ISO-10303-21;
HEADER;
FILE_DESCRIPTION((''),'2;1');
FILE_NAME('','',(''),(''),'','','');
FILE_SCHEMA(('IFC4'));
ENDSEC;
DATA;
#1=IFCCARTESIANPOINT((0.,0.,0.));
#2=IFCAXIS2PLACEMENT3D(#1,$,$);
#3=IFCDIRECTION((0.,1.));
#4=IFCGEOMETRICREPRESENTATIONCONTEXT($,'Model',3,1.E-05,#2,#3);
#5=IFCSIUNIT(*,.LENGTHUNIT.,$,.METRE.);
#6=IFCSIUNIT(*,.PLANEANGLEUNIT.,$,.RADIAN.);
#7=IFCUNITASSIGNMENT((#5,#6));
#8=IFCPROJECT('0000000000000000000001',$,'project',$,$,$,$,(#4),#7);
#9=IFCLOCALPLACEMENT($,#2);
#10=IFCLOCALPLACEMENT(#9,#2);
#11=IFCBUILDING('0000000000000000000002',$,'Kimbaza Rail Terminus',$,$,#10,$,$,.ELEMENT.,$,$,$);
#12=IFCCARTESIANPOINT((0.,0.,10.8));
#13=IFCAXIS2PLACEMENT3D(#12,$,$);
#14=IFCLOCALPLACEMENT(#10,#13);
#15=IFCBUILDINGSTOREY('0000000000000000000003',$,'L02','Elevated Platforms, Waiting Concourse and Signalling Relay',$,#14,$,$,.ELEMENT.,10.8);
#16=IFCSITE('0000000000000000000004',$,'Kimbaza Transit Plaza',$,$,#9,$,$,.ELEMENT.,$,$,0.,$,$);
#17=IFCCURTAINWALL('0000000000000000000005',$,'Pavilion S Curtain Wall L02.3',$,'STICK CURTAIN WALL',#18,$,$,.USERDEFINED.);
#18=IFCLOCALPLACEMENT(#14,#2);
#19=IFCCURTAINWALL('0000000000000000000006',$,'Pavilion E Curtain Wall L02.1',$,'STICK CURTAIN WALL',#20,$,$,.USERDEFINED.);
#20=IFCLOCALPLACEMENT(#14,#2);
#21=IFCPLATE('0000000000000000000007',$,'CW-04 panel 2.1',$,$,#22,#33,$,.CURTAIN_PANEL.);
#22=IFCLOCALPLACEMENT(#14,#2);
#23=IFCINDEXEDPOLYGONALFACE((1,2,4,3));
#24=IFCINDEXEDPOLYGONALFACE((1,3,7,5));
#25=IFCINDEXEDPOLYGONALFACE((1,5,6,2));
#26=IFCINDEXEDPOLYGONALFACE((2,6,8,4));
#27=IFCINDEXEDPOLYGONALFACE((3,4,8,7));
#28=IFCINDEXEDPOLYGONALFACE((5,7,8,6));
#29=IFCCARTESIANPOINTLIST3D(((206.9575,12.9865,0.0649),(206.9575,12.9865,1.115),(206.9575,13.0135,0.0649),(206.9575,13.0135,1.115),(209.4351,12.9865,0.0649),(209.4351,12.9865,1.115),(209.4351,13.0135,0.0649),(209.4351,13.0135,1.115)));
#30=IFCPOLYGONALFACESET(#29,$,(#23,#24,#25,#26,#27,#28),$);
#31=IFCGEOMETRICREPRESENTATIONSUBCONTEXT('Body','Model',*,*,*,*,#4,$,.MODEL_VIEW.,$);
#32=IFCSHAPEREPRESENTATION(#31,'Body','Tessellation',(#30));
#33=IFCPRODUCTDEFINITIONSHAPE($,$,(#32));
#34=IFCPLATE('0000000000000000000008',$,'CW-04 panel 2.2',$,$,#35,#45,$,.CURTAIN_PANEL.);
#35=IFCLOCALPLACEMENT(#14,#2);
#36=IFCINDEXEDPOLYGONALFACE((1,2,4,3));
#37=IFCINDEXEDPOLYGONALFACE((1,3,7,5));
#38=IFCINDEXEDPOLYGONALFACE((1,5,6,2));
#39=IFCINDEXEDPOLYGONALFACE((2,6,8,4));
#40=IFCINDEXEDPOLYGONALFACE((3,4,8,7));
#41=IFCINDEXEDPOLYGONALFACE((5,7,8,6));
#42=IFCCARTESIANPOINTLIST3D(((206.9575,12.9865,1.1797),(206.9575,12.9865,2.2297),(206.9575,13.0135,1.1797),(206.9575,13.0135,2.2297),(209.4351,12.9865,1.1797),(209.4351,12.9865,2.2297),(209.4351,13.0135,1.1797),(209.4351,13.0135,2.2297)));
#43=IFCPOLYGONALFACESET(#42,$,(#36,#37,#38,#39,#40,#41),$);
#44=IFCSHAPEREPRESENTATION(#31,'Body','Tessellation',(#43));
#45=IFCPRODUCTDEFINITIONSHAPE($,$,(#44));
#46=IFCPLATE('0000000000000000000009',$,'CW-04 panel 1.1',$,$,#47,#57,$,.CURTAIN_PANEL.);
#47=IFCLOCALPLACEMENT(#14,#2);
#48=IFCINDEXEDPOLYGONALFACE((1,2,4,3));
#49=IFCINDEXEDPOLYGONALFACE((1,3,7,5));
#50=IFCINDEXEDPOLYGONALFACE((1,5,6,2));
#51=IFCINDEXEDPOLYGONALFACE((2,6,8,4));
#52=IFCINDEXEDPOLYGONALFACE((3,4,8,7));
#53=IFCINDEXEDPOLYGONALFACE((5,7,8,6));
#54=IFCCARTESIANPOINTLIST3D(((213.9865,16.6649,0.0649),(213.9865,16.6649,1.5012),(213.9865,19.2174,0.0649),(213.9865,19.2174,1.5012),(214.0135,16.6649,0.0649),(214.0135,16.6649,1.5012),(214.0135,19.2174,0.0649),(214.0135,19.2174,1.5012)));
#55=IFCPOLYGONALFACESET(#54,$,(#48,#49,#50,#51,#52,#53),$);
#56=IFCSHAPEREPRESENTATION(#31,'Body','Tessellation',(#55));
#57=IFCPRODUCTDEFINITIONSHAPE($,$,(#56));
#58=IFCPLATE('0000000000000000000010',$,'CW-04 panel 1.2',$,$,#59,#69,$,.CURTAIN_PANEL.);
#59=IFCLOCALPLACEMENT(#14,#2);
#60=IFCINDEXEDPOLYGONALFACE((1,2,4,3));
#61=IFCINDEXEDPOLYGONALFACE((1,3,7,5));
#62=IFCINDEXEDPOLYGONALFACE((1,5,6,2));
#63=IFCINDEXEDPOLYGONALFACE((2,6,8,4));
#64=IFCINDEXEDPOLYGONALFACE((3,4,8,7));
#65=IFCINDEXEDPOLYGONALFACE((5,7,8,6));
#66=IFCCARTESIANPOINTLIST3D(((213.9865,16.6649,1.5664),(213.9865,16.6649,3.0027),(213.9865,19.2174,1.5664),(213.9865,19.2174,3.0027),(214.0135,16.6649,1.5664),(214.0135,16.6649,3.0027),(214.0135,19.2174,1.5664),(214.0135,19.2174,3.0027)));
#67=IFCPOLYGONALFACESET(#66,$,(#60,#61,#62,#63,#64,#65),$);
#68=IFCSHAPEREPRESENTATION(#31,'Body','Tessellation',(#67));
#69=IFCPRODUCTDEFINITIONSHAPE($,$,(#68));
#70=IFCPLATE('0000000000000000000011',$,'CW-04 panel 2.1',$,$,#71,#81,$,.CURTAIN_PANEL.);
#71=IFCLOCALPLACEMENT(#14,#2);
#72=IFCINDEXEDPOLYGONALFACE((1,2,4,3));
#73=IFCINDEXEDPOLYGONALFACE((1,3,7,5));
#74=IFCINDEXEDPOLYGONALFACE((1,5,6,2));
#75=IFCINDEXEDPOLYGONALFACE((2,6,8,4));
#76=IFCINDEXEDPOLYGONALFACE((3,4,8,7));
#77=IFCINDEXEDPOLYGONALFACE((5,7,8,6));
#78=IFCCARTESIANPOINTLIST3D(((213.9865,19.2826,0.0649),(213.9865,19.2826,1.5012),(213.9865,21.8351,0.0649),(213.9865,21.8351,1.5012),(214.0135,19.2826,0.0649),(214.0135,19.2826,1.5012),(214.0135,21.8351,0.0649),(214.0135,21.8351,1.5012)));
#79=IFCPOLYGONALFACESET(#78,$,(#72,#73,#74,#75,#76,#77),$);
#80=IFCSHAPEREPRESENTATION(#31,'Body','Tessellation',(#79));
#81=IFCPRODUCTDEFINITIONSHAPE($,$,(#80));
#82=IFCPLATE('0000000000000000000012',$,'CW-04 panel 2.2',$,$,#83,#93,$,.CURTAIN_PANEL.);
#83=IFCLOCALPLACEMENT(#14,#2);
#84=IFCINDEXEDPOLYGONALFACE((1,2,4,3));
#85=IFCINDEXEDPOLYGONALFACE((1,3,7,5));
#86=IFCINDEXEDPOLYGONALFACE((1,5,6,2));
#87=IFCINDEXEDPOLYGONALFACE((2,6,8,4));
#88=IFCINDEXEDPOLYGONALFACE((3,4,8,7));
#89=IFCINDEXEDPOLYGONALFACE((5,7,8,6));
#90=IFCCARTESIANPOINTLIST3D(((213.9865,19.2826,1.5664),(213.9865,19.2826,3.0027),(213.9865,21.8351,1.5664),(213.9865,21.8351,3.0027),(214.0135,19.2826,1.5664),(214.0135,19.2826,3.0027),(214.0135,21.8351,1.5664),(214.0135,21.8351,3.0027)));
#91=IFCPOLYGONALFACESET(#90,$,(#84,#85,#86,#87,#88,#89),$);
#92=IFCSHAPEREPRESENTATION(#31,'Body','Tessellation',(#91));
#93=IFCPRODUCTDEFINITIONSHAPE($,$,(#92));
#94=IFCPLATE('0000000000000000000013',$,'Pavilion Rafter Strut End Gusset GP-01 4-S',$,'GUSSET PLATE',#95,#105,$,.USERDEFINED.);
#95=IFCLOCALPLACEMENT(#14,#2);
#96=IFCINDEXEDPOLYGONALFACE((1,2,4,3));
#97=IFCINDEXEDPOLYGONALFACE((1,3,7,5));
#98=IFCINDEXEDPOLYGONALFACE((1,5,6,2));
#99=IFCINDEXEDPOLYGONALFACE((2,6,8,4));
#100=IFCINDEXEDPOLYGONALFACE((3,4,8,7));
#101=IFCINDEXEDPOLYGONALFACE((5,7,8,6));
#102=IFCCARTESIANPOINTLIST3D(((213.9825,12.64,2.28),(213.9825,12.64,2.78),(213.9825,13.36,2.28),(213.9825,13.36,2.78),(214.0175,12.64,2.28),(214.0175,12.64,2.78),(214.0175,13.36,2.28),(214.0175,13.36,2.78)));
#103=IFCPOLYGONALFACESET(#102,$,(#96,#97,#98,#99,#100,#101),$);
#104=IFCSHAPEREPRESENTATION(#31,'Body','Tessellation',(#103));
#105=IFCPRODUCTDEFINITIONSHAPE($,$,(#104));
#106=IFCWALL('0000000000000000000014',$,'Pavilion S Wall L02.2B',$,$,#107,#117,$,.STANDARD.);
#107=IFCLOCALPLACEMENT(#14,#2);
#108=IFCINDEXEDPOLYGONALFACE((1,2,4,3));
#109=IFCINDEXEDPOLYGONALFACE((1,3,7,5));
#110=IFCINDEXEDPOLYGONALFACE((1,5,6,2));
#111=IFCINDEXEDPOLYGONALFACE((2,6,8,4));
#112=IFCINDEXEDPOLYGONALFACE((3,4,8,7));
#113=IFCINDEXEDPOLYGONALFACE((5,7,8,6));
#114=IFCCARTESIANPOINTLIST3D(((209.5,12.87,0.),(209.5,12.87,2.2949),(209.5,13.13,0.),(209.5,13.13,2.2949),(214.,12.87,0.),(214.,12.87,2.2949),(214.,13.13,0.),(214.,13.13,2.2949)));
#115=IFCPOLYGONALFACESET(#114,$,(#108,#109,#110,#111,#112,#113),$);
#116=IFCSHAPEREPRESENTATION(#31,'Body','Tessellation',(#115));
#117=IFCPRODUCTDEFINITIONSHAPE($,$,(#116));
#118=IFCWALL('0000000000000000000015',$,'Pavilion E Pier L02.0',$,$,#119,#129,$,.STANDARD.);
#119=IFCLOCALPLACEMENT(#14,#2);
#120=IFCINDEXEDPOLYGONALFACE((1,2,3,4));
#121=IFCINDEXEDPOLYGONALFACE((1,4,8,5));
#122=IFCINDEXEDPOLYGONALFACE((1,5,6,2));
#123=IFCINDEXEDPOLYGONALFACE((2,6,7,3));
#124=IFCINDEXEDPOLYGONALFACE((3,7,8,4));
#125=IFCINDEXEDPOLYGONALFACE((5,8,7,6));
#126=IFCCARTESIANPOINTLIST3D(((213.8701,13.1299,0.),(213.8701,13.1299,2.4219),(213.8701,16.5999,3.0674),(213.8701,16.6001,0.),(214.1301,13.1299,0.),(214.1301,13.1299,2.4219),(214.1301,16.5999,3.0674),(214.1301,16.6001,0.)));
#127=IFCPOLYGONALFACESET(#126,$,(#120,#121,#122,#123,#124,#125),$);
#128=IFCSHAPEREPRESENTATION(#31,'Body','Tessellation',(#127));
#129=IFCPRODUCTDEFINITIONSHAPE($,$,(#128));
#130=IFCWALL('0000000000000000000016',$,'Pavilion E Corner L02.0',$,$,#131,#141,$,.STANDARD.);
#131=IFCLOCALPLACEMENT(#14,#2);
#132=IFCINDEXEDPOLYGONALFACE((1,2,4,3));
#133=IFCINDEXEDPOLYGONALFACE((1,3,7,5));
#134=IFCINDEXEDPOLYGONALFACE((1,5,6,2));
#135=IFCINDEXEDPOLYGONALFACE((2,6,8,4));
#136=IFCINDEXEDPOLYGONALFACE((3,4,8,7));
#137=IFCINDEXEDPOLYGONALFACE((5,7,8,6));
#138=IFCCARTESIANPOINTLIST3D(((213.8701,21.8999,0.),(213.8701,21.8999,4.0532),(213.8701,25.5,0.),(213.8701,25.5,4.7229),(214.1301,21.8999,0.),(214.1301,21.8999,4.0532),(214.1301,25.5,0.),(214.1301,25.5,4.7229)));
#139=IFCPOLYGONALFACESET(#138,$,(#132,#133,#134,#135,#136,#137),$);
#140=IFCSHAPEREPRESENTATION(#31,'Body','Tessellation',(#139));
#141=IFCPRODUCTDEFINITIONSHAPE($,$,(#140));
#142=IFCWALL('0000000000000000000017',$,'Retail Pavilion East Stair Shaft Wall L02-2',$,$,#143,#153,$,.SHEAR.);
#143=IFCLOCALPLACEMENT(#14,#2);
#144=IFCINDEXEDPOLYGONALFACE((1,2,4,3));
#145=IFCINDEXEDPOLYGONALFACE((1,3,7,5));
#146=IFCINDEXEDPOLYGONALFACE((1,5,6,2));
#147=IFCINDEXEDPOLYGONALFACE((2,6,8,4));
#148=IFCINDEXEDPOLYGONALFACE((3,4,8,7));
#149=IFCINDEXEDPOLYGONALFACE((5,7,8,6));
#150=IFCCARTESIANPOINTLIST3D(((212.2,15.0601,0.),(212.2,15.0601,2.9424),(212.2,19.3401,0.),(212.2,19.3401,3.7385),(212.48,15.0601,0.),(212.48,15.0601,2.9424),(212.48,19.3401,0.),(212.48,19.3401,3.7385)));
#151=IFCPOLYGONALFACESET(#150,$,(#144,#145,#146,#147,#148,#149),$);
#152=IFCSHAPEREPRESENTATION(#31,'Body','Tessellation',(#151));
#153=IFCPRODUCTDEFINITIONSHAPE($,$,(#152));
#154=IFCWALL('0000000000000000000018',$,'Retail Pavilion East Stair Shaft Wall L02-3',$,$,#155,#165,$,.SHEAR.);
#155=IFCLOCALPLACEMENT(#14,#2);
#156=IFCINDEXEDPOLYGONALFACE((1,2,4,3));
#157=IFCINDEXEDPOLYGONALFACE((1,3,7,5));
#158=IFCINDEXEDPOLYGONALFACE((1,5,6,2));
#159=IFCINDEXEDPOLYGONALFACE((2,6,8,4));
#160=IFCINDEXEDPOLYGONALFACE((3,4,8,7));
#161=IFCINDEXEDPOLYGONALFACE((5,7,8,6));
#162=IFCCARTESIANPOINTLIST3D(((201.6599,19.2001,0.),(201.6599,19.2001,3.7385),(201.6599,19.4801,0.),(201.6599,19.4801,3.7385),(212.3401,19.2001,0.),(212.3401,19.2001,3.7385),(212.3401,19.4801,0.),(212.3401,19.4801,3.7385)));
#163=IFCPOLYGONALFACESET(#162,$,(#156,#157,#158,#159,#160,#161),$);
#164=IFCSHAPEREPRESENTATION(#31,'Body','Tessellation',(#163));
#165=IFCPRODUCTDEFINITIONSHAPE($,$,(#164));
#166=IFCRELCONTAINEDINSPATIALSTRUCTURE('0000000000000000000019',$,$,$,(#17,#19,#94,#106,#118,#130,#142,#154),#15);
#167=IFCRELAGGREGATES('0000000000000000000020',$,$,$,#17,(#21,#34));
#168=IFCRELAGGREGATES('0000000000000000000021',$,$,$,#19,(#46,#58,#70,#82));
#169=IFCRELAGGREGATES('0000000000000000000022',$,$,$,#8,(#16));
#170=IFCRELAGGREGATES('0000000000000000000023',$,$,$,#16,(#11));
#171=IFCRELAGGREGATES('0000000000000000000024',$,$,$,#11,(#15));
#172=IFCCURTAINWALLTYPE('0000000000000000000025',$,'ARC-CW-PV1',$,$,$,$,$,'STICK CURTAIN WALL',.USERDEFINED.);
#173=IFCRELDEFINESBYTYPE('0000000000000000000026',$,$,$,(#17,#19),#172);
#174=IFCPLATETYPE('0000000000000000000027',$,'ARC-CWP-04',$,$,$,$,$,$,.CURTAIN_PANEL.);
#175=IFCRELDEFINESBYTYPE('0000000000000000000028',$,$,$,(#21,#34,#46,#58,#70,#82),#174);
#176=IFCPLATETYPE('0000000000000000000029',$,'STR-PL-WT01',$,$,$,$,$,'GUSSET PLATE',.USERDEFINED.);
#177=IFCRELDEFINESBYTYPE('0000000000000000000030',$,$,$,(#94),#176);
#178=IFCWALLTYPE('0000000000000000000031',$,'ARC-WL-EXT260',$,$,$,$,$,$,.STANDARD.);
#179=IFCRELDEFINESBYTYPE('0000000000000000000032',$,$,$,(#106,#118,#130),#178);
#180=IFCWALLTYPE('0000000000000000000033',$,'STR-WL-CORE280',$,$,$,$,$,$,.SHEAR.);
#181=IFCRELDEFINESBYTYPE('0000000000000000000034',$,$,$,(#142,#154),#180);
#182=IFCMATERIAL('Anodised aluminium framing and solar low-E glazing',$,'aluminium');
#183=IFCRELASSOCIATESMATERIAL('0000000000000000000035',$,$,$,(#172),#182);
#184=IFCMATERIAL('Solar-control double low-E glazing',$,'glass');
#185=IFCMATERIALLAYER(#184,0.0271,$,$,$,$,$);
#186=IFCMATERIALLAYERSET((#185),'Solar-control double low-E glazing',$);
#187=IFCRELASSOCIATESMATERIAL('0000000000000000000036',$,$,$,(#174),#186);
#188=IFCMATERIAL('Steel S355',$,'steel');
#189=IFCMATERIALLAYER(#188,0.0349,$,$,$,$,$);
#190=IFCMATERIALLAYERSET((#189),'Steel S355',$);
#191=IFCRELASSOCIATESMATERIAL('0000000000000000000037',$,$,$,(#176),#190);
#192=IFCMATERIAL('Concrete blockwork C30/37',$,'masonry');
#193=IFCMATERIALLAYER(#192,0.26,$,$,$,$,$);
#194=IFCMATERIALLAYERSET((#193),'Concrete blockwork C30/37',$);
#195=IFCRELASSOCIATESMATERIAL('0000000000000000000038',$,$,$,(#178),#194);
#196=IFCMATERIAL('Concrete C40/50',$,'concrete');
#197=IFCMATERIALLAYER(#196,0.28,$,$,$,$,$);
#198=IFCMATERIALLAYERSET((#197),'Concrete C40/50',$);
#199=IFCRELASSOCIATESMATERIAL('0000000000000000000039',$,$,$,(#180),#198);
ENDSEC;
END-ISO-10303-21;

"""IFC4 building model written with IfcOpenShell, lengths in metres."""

from ifc_helpers import new_model, si_unit, direction, frame, frame_2d, origin, origin_2d, place, context, subcontext, project, spatial, polyline, rectangle, outline, extrude, material, layer, layer_set, type_object, element, aggregate, save


model = new_model("IFC4")

# Units and contexts
model_context = context("Model", 3, precision=1e-05, world=origin(), true_north=direction((0.0, 1.0)))
body_context = subcontext(model_context, "Body", "Model", "MODEL_VIEW")
ifc_project = project(units=[si_unit("LENGTHUNIT", "METRE"), si_unit("PLANEANGLEUNIT", "RADIAN")], contexts=[model_context])

# Site, building, storey
site_placement = place(None, origin())
site = spatial("IfcSite", under=ifc_project, at=site_placement, Name="Kimbaza Transit Plaza", CompositionType="ELEMENT", RefElevation=0.0)
building_placement = place(site_placement, origin())
building = spatial("IfcBuilding", under=site, at=building_placement, Name="Kimbaza Rail Terminus", CompositionType="ELEMENT")
storey_placement = place(building_placement, frame((0.0, 0.0, 10.8)))
storey = spatial("IfcBuildingStorey", under=building, at=storey_placement, Name="L02", Description="Elevated Platforms, Waiting Concourse and Signalling Relay", CompositionType="ELEMENT", Elevation=10.8)

# Curtain wall
ifc_material_1 = material(Name="Anodised aluminium framing and solar low-E glazing", Category="aluminium")
curtain_wall_type = type_object("IfcCurtainWallType", Name="ARC-CW-PV1", ElementType="STICK CURTAIN WALL", PredefinedType="USERDEFINED", material=ifc_material_1)
curtain_wall_1_placement = place(storey_placement, origin())
curtain_wall_1 = element("IfcCurtainWall", 1, at=curtain_wall_1_placement, inside=storey, type_object=curtain_wall_type, Name="Pavilion S Curtain Wall L02.3", ObjectType="STICK CURTAIN WALL", PredefinedType="USERDEFINED")

# Curtain wall
curtain_wall_2_placement = place(storey_placement, origin())
curtain_wall_2 = element("IfcCurtainWall", 2, at=curtain_wall_2_placement, inside=storey, type_object=curtain_wall_type, Name="Pavilion E Curtain Wall L02.1", ObjectType="STICK CURTAIN WALL", PredefinedType="USERDEFINED")

# Plates
ifc_material_2 = material(Name="Solar-control double low-E glazing", Category="glass")
ifc_layer_1 = layer(ifc_material_2, 0.0271)
ifc_layer_set_1 = layer_set([ifc_layer_1], Name="Solar-control double low-E glazing")
plate_type_1 = type_object("IfcPlateType", Name="ARC-CWP-04", PredefinedType="CURTAIN_PANEL", material=ifc_layer_set_1)
plate_1_placement = place(storey_placement, frame((208.1963, 13.0, 0.0649), z_axis=(0.0, 0.0, 1.0), x_axis=(1.0, 0.0, 0.0)))
plate_1 = element("IfcPlate", 3, at=plate_1_placement, type_object=plate_type_1, Name="CW-04 panel 2.1", PredefinedType="CURTAIN_PANEL", context=body_context, shape_type="SweptSolid", body=[
    extrude(rectangle(XDim=2.4775, YDim=0.0271, at=origin_2d()), origin(), (0.0, 0.0, 1.0), 1.05),
])
plate_2_placement = place(storey_placement, frame((208.1963, 13.0, 1.1797), z_axis=(0.0, 0.0, 1.0), x_axis=(1.0, 0.0, 0.0)))
plate_2 = element("IfcPlate", 4, at=plate_2_placement, type_object=plate_type_1, Name="CW-04 panel 2.2", PredefinedType="CURTAIN_PANEL", context=body_context, shape_type="SweptSolid", body=[
    extrude(rectangle(XDim=2.4775, YDim=0.0271, at=origin_2d()), origin(), (0.0, 0.0, 1.0), 1.05),
])
aggregate(curtain_wall_1, [plate_1, plate_2])
plate_3_placement = place(storey_placement, frame((214.0, 17.9412, 0.0649), z_axis=(0.0, 0.0, 1.0), x_axis=(0.0, 1.0, 0.0)))
plate_3 = element("IfcPlate", 5, at=plate_3_placement, type_object=plate_type_1, Name="CW-04 panel 1.1", PredefinedType="CURTAIN_PANEL", context=body_context, shape_type="SweptSolid", body=[
    extrude(rectangle(XDim=2.5525, YDim=0.0271, at=origin_2d()), origin(), (0.0, 0.0, 1.0), 1.4363),
])
plate_4_placement = place(storey_placement, frame((214.0, 17.9412, 1.5664), z_axis=(0.0, 0.0, 1.0), x_axis=(0.0, 1.0, 0.0)))
plate_4 = element("IfcPlate", 6, at=plate_4_placement, type_object=plate_type_1, Name="CW-04 panel 1.2", PredefinedType="CURTAIN_PANEL", context=body_context, shape_type="SweptSolid", body=[
    extrude(rectangle(XDim=2.5525, YDim=0.0271, at=origin_2d()), origin(), (0.0, 0.0, 1.0), 1.4363),
])
plate_5_placement = place(storey_placement, frame((214.0, 20.5588, 0.0649), z_axis=(0.0, 0.0, 1.0), x_axis=(0.0, 1.0, 0.0)))
plate_5 = element("IfcPlate", 7, at=plate_5_placement, type_object=plate_type_1, Name="CW-04 panel 2.1", PredefinedType="CURTAIN_PANEL", context=body_context, shape_type="SweptSolid", body=[
    extrude(rectangle(XDim=2.5525, YDim=0.0271, at=origin_2d()), origin(), (0.0, 0.0, 1.0), 1.4363),
])
plate_6_placement = place(storey_placement, frame((214.0, 20.5588, 1.5664), z_axis=(0.0, 0.0, 1.0), x_axis=(0.0, 1.0, 0.0)))
plate_6 = element("IfcPlate", 8, at=plate_6_placement, type_object=plate_type_1, Name="CW-04 panel 2.2", PredefinedType="CURTAIN_PANEL", context=body_context, shape_type="SweptSolid", body=[
    extrude(rectangle(XDim=2.5525, YDim=0.0271, at=origin_2d()), origin(), (0.0, 0.0, 1.0), 1.4363),
])
aggregate(curtain_wall_2, [plate_3, plate_4, plate_5, plate_6])
ifc_material_3 = material(Name="Steel S355", Category="steel")
ifc_layer_2 = layer(ifc_material_3, 0.0349)
ifc_layer_set_2 = layer_set([ifc_layer_2], Name="Steel S355")
plate_type_2 = type_object("IfcPlateType", Name="STR-PL-WT01", ElementType="GUSSET PLATE", PredefinedType="USERDEFINED", material=ifc_layer_set_2)
plate_7_placement = place(storey_placement, frame((214.0, 13.0, 2.28), z_axis=(0.0, 0.0, 1.0), x_axis=(1.0, 0.0, 0.0)))
element("IfcPlate", 9, at=plate_7_placement, inside=storey, type_object=plate_type_2, Name="Pavilion Rafter Strut End Gusset GP-01 4-S", ObjectType="GUSSET PLATE", PredefinedType="USERDEFINED", context=body_context, shape_type="SweptSolid", body=[
    extrude(rectangle(XDim=0.0349, YDim=0.72, at=origin_2d()), origin(), (0.0, 0.0, 1.0), 0.5),
])

# Walls
ifc_material_4 = material(Name="Concrete blockwork C30/37", Category="masonry")
ifc_layer_3 = layer(ifc_material_4, 0.26)
ifc_layer_set_3 = layer_set([ifc_layer_3], Name="Concrete blockwork C30/37")
wall_type_1 = type_object("IfcWallType", Name="ARC-WL-EXT260", PredefinedType="STANDARD", material=ifc_layer_set_3)
wall_1_placement = place(storey_placement, frame((209.5, 13.0, 0.0), z_axis=(0.0, 0.0, 1.0), x_axis=(1.0, 0.0, 0.0)))
element("IfcWall", 10, at=wall_1_placement, inside=storey, type_object=wall_type_1, Name="Pavilion S Wall L02.2B", PredefinedType="STANDARD", context=body_context, shape_type="SweptSolid", body=[
    extrude(rectangle(XDim=4.5, YDim=0.26, at=frame_2d((2.25, 0.0))), origin(), (0.0, 0.0, 1.0), 2.2949),
])
wall_2_placement = place(storey_placement, frame((214.0, 13.1299, 0.0), z_axis=(0.0, 0.0, 1.0), x_axis=(0.0, 1.0, 0.0)))
element("IfcWall", 11, at=wall_2_placement, inside=storey, type_object=wall_type_1, Name="Pavilion E Pier L02.0", PredefinedType="STANDARD", context=body_context, shape_type="SweptSolid", body=[
    extrude(outline(polyline([(0.0, 0.0), (3.4702, 0.0), (3.47, 3.0674), (0.0, 2.4219), (0.0, 0.0)])), frame((0.0, 0.1299, 0.0), z_axis=(0.0, -1.0, 0.0), x_axis=(1.0, 0.0, 0.0)), (0.0, 0.0, 1.0), 0.26),
])
wall_3_placement = place(storey_placement, frame((214.0, 21.8999, 0.0), z_axis=(0.0, 0.0, 1.0), x_axis=(0.0, 1.0, 0.0)))
element("IfcWall", 12, at=wall_3_placement, inside=storey, type_object=wall_type_1, Name="Pavilion E Corner L02.0", PredefinedType="STANDARD", context=body_context, shape_type="SweptSolid", body=[
    extrude(outline(polyline([(0.0, 0.0), (3.6001, 0.0), (3.6001, 4.7229), (0.0, 4.0532), (0.0, 0.0)])), frame((0.0, 0.1299, 0.0), z_axis=(0.0, -1.0, 0.0), x_axis=(1.0, 0.0, 0.0)), (0.0, 0.0, 1.0), 0.26),
])
ifc_material_5 = material(Name="Concrete C40/50", Category="concrete")
ifc_layer_4 = layer(ifc_material_5, 0.28)
ifc_layer_set_4 = layer_set([ifc_layer_4], Name="Concrete C40/50")
wall_type_2 = type_object("IfcWallType", Name="STR-WL-CORE280", PredefinedType="SHEAR", material=ifc_layer_set_4)
wall_4_placement = place(storey_placement, frame((212.3401, 15.0601, 0.0), z_axis=(0.0, 0.0, 1.0), x_axis=(0.0, 1.0, 0.0)))
element("IfcWall", 13, at=wall_4_placement, inside=storey, type_object=wall_type_2, Name="Retail Pavilion East Stair Shaft Wall L02-2", PredefinedType="SHEAR", context=body_context, shape_type="SweptSolid", body=[
    extrude(outline(polyline([(0.0, 0.0), (4.28, 0.0), (4.28, 3.7385), (0.0, 2.9424), (0.0, 0.0)])), frame((0.0, 0.1401, 0.0), z_axis=(0.0, -1.0, 0.0), x_axis=(1.0, 0.0, 0.0)), (0.0, 0.0, 1.0), 0.28),
])
wall_5_placement = place(storey_placement, frame((212.3401, 19.3401, 0.0), z_axis=(0.0, 0.0, 1.0), x_axis=(-1.0, 0.0, 0.0)))
element("IfcWall", 14, at=wall_5_placement, inside=storey, type_object=wall_type_2, Name="Retail Pavilion East Stair Shaft Wall L02-3", PredefinedType="SHEAR", context=body_context, shape_type="SweptSolid", body=[
    extrude(rectangle(XDim=10.6802, YDim=0.28, at=frame_2d((5.3401, 0.0))), origin(), (0.0, 0.0, 1.0), 3.7385),
])

save(model, "model.ifc")
